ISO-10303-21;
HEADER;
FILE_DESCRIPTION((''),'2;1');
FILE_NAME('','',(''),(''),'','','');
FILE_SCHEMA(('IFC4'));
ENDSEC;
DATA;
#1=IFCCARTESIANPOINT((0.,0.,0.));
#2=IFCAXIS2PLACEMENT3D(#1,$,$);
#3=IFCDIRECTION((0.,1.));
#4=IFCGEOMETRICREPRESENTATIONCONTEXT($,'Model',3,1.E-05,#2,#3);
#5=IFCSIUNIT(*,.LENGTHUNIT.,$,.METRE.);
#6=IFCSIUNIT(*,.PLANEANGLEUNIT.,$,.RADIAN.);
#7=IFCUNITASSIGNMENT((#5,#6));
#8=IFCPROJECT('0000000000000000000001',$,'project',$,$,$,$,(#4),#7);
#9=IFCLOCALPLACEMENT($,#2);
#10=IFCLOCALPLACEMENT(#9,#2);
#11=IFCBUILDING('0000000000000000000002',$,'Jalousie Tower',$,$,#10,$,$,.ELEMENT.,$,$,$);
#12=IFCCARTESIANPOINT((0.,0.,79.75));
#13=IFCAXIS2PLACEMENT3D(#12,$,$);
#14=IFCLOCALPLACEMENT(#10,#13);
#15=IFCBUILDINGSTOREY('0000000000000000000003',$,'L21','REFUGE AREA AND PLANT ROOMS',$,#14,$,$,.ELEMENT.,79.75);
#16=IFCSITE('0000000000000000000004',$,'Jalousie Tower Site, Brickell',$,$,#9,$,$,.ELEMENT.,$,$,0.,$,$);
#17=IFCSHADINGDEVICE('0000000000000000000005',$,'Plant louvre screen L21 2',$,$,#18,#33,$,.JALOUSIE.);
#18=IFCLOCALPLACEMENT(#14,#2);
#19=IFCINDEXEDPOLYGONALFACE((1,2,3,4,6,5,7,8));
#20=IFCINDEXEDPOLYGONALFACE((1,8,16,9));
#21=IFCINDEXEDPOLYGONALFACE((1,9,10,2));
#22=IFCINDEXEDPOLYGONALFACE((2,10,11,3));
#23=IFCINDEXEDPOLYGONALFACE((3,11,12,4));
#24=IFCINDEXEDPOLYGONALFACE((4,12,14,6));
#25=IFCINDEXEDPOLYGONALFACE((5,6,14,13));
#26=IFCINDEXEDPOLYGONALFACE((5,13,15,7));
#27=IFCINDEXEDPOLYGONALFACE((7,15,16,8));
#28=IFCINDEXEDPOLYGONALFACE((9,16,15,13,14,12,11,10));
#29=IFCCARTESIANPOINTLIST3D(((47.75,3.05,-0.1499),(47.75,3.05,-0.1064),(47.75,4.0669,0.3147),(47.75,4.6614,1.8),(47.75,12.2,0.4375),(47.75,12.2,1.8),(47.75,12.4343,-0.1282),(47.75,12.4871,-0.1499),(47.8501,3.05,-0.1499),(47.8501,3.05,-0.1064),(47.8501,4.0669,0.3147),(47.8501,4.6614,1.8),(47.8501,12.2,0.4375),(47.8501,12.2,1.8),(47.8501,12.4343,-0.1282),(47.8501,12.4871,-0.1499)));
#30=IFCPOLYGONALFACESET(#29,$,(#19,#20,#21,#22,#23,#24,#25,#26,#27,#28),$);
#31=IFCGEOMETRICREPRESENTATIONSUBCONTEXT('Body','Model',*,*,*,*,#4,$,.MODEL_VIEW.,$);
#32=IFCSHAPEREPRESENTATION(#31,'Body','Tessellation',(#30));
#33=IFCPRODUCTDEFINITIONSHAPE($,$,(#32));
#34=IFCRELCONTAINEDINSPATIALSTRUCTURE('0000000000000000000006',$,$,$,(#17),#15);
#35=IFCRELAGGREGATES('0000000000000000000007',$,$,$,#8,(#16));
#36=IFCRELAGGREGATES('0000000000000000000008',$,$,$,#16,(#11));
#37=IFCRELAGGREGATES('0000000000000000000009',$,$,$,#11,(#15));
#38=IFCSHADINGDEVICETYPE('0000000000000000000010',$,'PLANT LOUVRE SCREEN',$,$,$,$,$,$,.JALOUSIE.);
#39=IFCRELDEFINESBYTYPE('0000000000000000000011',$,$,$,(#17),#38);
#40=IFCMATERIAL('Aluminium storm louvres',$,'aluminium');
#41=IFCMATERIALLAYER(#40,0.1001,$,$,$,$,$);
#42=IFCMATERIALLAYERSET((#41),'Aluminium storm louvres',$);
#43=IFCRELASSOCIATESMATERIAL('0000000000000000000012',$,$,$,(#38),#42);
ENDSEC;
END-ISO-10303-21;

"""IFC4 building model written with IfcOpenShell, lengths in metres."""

from ifc_helpers import new_model, si_unit, direction, frame, origin, place, context, subcontext, project, spatial, polyline, outline, extrude, material, layer, layer_set, type_object, element, save


model = new_model("IFC4")

# Units and contexts
model_context = context("Model", 3, precision=1e-05, world=origin(), true_north=direction((0.0, 1.0)))
body_context = subcontext(model_context, "Body", "Model", "MODEL_VIEW")
ifc_project = project(units=[si_unit("LENGTHUNIT", "METRE"), si_unit("PLANEANGLEUNIT", "RADIAN")], contexts=[model_context])

# Site, building, storey
site_placement = place(None, origin())
site = spatial("IfcSite", under=ifc_project, at=site_placement, Name="Jalousie Tower Site, Brickell", CompositionType="ELEMENT", RefElevation=0.0)
building_placement = place(site_placement, origin())
building = spatial("IfcBuilding", under=site, at=building_placement, Name="Jalousie Tower", CompositionType="ELEMENT")
storey_placement = place(building_placement, frame((0.0, 0.0, 79.75)))
storey = spatial("IfcBuildingStorey", under=building, at=storey_placement, Name="L21", Description="REFUGE AREA AND PLANT ROOMS", CompositionType="ELEMENT", Elevation=79.75)

# Shading device
ifc_material_1 = material(Name="Aluminium storm louvres", Category="aluminium")
ifc_layer = layer(ifc_material_1, 0.1001)
ifc_layer_set = layer_set([ifc_layer], Name="Aluminium storm louvres")
shading_device_type = type_object("IfcShadingDeviceType", Name="PLANT LOUVRE SCREEN", PredefinedType="JALOUSIE", material=ifc_layer_set)
shading_device_1_placement = place(storey_placement, frame((47.8501, 3.05, -0.1499), z_axis=(1.0, 0.0, 0.0), x_axis=(0.0, 1.0, 0.0)))
element("IfcShadingDevice", 1, at=shading_device_1_placement, inside=storey, type_object=shading_device_type, Name="Plant louvre screen L21 2", PredefinedType="JALOUSIE", context=body_context, shape_type="SweptSolid", body=[
    extrude(outline(polyline([(0.0, 0.0), (9.437, 0.0), (9.3843, 0.0217), (9.1499, 0.5874), (9.1499, 1.95), (1.6113, 1.95), (1.0168, 0.4646), (0.0, 0.0435), (0.0, 0.0)])), origin(), (0.0, 0.0, -1.0), 0.1001),
])

save(model, "model.ifc")
